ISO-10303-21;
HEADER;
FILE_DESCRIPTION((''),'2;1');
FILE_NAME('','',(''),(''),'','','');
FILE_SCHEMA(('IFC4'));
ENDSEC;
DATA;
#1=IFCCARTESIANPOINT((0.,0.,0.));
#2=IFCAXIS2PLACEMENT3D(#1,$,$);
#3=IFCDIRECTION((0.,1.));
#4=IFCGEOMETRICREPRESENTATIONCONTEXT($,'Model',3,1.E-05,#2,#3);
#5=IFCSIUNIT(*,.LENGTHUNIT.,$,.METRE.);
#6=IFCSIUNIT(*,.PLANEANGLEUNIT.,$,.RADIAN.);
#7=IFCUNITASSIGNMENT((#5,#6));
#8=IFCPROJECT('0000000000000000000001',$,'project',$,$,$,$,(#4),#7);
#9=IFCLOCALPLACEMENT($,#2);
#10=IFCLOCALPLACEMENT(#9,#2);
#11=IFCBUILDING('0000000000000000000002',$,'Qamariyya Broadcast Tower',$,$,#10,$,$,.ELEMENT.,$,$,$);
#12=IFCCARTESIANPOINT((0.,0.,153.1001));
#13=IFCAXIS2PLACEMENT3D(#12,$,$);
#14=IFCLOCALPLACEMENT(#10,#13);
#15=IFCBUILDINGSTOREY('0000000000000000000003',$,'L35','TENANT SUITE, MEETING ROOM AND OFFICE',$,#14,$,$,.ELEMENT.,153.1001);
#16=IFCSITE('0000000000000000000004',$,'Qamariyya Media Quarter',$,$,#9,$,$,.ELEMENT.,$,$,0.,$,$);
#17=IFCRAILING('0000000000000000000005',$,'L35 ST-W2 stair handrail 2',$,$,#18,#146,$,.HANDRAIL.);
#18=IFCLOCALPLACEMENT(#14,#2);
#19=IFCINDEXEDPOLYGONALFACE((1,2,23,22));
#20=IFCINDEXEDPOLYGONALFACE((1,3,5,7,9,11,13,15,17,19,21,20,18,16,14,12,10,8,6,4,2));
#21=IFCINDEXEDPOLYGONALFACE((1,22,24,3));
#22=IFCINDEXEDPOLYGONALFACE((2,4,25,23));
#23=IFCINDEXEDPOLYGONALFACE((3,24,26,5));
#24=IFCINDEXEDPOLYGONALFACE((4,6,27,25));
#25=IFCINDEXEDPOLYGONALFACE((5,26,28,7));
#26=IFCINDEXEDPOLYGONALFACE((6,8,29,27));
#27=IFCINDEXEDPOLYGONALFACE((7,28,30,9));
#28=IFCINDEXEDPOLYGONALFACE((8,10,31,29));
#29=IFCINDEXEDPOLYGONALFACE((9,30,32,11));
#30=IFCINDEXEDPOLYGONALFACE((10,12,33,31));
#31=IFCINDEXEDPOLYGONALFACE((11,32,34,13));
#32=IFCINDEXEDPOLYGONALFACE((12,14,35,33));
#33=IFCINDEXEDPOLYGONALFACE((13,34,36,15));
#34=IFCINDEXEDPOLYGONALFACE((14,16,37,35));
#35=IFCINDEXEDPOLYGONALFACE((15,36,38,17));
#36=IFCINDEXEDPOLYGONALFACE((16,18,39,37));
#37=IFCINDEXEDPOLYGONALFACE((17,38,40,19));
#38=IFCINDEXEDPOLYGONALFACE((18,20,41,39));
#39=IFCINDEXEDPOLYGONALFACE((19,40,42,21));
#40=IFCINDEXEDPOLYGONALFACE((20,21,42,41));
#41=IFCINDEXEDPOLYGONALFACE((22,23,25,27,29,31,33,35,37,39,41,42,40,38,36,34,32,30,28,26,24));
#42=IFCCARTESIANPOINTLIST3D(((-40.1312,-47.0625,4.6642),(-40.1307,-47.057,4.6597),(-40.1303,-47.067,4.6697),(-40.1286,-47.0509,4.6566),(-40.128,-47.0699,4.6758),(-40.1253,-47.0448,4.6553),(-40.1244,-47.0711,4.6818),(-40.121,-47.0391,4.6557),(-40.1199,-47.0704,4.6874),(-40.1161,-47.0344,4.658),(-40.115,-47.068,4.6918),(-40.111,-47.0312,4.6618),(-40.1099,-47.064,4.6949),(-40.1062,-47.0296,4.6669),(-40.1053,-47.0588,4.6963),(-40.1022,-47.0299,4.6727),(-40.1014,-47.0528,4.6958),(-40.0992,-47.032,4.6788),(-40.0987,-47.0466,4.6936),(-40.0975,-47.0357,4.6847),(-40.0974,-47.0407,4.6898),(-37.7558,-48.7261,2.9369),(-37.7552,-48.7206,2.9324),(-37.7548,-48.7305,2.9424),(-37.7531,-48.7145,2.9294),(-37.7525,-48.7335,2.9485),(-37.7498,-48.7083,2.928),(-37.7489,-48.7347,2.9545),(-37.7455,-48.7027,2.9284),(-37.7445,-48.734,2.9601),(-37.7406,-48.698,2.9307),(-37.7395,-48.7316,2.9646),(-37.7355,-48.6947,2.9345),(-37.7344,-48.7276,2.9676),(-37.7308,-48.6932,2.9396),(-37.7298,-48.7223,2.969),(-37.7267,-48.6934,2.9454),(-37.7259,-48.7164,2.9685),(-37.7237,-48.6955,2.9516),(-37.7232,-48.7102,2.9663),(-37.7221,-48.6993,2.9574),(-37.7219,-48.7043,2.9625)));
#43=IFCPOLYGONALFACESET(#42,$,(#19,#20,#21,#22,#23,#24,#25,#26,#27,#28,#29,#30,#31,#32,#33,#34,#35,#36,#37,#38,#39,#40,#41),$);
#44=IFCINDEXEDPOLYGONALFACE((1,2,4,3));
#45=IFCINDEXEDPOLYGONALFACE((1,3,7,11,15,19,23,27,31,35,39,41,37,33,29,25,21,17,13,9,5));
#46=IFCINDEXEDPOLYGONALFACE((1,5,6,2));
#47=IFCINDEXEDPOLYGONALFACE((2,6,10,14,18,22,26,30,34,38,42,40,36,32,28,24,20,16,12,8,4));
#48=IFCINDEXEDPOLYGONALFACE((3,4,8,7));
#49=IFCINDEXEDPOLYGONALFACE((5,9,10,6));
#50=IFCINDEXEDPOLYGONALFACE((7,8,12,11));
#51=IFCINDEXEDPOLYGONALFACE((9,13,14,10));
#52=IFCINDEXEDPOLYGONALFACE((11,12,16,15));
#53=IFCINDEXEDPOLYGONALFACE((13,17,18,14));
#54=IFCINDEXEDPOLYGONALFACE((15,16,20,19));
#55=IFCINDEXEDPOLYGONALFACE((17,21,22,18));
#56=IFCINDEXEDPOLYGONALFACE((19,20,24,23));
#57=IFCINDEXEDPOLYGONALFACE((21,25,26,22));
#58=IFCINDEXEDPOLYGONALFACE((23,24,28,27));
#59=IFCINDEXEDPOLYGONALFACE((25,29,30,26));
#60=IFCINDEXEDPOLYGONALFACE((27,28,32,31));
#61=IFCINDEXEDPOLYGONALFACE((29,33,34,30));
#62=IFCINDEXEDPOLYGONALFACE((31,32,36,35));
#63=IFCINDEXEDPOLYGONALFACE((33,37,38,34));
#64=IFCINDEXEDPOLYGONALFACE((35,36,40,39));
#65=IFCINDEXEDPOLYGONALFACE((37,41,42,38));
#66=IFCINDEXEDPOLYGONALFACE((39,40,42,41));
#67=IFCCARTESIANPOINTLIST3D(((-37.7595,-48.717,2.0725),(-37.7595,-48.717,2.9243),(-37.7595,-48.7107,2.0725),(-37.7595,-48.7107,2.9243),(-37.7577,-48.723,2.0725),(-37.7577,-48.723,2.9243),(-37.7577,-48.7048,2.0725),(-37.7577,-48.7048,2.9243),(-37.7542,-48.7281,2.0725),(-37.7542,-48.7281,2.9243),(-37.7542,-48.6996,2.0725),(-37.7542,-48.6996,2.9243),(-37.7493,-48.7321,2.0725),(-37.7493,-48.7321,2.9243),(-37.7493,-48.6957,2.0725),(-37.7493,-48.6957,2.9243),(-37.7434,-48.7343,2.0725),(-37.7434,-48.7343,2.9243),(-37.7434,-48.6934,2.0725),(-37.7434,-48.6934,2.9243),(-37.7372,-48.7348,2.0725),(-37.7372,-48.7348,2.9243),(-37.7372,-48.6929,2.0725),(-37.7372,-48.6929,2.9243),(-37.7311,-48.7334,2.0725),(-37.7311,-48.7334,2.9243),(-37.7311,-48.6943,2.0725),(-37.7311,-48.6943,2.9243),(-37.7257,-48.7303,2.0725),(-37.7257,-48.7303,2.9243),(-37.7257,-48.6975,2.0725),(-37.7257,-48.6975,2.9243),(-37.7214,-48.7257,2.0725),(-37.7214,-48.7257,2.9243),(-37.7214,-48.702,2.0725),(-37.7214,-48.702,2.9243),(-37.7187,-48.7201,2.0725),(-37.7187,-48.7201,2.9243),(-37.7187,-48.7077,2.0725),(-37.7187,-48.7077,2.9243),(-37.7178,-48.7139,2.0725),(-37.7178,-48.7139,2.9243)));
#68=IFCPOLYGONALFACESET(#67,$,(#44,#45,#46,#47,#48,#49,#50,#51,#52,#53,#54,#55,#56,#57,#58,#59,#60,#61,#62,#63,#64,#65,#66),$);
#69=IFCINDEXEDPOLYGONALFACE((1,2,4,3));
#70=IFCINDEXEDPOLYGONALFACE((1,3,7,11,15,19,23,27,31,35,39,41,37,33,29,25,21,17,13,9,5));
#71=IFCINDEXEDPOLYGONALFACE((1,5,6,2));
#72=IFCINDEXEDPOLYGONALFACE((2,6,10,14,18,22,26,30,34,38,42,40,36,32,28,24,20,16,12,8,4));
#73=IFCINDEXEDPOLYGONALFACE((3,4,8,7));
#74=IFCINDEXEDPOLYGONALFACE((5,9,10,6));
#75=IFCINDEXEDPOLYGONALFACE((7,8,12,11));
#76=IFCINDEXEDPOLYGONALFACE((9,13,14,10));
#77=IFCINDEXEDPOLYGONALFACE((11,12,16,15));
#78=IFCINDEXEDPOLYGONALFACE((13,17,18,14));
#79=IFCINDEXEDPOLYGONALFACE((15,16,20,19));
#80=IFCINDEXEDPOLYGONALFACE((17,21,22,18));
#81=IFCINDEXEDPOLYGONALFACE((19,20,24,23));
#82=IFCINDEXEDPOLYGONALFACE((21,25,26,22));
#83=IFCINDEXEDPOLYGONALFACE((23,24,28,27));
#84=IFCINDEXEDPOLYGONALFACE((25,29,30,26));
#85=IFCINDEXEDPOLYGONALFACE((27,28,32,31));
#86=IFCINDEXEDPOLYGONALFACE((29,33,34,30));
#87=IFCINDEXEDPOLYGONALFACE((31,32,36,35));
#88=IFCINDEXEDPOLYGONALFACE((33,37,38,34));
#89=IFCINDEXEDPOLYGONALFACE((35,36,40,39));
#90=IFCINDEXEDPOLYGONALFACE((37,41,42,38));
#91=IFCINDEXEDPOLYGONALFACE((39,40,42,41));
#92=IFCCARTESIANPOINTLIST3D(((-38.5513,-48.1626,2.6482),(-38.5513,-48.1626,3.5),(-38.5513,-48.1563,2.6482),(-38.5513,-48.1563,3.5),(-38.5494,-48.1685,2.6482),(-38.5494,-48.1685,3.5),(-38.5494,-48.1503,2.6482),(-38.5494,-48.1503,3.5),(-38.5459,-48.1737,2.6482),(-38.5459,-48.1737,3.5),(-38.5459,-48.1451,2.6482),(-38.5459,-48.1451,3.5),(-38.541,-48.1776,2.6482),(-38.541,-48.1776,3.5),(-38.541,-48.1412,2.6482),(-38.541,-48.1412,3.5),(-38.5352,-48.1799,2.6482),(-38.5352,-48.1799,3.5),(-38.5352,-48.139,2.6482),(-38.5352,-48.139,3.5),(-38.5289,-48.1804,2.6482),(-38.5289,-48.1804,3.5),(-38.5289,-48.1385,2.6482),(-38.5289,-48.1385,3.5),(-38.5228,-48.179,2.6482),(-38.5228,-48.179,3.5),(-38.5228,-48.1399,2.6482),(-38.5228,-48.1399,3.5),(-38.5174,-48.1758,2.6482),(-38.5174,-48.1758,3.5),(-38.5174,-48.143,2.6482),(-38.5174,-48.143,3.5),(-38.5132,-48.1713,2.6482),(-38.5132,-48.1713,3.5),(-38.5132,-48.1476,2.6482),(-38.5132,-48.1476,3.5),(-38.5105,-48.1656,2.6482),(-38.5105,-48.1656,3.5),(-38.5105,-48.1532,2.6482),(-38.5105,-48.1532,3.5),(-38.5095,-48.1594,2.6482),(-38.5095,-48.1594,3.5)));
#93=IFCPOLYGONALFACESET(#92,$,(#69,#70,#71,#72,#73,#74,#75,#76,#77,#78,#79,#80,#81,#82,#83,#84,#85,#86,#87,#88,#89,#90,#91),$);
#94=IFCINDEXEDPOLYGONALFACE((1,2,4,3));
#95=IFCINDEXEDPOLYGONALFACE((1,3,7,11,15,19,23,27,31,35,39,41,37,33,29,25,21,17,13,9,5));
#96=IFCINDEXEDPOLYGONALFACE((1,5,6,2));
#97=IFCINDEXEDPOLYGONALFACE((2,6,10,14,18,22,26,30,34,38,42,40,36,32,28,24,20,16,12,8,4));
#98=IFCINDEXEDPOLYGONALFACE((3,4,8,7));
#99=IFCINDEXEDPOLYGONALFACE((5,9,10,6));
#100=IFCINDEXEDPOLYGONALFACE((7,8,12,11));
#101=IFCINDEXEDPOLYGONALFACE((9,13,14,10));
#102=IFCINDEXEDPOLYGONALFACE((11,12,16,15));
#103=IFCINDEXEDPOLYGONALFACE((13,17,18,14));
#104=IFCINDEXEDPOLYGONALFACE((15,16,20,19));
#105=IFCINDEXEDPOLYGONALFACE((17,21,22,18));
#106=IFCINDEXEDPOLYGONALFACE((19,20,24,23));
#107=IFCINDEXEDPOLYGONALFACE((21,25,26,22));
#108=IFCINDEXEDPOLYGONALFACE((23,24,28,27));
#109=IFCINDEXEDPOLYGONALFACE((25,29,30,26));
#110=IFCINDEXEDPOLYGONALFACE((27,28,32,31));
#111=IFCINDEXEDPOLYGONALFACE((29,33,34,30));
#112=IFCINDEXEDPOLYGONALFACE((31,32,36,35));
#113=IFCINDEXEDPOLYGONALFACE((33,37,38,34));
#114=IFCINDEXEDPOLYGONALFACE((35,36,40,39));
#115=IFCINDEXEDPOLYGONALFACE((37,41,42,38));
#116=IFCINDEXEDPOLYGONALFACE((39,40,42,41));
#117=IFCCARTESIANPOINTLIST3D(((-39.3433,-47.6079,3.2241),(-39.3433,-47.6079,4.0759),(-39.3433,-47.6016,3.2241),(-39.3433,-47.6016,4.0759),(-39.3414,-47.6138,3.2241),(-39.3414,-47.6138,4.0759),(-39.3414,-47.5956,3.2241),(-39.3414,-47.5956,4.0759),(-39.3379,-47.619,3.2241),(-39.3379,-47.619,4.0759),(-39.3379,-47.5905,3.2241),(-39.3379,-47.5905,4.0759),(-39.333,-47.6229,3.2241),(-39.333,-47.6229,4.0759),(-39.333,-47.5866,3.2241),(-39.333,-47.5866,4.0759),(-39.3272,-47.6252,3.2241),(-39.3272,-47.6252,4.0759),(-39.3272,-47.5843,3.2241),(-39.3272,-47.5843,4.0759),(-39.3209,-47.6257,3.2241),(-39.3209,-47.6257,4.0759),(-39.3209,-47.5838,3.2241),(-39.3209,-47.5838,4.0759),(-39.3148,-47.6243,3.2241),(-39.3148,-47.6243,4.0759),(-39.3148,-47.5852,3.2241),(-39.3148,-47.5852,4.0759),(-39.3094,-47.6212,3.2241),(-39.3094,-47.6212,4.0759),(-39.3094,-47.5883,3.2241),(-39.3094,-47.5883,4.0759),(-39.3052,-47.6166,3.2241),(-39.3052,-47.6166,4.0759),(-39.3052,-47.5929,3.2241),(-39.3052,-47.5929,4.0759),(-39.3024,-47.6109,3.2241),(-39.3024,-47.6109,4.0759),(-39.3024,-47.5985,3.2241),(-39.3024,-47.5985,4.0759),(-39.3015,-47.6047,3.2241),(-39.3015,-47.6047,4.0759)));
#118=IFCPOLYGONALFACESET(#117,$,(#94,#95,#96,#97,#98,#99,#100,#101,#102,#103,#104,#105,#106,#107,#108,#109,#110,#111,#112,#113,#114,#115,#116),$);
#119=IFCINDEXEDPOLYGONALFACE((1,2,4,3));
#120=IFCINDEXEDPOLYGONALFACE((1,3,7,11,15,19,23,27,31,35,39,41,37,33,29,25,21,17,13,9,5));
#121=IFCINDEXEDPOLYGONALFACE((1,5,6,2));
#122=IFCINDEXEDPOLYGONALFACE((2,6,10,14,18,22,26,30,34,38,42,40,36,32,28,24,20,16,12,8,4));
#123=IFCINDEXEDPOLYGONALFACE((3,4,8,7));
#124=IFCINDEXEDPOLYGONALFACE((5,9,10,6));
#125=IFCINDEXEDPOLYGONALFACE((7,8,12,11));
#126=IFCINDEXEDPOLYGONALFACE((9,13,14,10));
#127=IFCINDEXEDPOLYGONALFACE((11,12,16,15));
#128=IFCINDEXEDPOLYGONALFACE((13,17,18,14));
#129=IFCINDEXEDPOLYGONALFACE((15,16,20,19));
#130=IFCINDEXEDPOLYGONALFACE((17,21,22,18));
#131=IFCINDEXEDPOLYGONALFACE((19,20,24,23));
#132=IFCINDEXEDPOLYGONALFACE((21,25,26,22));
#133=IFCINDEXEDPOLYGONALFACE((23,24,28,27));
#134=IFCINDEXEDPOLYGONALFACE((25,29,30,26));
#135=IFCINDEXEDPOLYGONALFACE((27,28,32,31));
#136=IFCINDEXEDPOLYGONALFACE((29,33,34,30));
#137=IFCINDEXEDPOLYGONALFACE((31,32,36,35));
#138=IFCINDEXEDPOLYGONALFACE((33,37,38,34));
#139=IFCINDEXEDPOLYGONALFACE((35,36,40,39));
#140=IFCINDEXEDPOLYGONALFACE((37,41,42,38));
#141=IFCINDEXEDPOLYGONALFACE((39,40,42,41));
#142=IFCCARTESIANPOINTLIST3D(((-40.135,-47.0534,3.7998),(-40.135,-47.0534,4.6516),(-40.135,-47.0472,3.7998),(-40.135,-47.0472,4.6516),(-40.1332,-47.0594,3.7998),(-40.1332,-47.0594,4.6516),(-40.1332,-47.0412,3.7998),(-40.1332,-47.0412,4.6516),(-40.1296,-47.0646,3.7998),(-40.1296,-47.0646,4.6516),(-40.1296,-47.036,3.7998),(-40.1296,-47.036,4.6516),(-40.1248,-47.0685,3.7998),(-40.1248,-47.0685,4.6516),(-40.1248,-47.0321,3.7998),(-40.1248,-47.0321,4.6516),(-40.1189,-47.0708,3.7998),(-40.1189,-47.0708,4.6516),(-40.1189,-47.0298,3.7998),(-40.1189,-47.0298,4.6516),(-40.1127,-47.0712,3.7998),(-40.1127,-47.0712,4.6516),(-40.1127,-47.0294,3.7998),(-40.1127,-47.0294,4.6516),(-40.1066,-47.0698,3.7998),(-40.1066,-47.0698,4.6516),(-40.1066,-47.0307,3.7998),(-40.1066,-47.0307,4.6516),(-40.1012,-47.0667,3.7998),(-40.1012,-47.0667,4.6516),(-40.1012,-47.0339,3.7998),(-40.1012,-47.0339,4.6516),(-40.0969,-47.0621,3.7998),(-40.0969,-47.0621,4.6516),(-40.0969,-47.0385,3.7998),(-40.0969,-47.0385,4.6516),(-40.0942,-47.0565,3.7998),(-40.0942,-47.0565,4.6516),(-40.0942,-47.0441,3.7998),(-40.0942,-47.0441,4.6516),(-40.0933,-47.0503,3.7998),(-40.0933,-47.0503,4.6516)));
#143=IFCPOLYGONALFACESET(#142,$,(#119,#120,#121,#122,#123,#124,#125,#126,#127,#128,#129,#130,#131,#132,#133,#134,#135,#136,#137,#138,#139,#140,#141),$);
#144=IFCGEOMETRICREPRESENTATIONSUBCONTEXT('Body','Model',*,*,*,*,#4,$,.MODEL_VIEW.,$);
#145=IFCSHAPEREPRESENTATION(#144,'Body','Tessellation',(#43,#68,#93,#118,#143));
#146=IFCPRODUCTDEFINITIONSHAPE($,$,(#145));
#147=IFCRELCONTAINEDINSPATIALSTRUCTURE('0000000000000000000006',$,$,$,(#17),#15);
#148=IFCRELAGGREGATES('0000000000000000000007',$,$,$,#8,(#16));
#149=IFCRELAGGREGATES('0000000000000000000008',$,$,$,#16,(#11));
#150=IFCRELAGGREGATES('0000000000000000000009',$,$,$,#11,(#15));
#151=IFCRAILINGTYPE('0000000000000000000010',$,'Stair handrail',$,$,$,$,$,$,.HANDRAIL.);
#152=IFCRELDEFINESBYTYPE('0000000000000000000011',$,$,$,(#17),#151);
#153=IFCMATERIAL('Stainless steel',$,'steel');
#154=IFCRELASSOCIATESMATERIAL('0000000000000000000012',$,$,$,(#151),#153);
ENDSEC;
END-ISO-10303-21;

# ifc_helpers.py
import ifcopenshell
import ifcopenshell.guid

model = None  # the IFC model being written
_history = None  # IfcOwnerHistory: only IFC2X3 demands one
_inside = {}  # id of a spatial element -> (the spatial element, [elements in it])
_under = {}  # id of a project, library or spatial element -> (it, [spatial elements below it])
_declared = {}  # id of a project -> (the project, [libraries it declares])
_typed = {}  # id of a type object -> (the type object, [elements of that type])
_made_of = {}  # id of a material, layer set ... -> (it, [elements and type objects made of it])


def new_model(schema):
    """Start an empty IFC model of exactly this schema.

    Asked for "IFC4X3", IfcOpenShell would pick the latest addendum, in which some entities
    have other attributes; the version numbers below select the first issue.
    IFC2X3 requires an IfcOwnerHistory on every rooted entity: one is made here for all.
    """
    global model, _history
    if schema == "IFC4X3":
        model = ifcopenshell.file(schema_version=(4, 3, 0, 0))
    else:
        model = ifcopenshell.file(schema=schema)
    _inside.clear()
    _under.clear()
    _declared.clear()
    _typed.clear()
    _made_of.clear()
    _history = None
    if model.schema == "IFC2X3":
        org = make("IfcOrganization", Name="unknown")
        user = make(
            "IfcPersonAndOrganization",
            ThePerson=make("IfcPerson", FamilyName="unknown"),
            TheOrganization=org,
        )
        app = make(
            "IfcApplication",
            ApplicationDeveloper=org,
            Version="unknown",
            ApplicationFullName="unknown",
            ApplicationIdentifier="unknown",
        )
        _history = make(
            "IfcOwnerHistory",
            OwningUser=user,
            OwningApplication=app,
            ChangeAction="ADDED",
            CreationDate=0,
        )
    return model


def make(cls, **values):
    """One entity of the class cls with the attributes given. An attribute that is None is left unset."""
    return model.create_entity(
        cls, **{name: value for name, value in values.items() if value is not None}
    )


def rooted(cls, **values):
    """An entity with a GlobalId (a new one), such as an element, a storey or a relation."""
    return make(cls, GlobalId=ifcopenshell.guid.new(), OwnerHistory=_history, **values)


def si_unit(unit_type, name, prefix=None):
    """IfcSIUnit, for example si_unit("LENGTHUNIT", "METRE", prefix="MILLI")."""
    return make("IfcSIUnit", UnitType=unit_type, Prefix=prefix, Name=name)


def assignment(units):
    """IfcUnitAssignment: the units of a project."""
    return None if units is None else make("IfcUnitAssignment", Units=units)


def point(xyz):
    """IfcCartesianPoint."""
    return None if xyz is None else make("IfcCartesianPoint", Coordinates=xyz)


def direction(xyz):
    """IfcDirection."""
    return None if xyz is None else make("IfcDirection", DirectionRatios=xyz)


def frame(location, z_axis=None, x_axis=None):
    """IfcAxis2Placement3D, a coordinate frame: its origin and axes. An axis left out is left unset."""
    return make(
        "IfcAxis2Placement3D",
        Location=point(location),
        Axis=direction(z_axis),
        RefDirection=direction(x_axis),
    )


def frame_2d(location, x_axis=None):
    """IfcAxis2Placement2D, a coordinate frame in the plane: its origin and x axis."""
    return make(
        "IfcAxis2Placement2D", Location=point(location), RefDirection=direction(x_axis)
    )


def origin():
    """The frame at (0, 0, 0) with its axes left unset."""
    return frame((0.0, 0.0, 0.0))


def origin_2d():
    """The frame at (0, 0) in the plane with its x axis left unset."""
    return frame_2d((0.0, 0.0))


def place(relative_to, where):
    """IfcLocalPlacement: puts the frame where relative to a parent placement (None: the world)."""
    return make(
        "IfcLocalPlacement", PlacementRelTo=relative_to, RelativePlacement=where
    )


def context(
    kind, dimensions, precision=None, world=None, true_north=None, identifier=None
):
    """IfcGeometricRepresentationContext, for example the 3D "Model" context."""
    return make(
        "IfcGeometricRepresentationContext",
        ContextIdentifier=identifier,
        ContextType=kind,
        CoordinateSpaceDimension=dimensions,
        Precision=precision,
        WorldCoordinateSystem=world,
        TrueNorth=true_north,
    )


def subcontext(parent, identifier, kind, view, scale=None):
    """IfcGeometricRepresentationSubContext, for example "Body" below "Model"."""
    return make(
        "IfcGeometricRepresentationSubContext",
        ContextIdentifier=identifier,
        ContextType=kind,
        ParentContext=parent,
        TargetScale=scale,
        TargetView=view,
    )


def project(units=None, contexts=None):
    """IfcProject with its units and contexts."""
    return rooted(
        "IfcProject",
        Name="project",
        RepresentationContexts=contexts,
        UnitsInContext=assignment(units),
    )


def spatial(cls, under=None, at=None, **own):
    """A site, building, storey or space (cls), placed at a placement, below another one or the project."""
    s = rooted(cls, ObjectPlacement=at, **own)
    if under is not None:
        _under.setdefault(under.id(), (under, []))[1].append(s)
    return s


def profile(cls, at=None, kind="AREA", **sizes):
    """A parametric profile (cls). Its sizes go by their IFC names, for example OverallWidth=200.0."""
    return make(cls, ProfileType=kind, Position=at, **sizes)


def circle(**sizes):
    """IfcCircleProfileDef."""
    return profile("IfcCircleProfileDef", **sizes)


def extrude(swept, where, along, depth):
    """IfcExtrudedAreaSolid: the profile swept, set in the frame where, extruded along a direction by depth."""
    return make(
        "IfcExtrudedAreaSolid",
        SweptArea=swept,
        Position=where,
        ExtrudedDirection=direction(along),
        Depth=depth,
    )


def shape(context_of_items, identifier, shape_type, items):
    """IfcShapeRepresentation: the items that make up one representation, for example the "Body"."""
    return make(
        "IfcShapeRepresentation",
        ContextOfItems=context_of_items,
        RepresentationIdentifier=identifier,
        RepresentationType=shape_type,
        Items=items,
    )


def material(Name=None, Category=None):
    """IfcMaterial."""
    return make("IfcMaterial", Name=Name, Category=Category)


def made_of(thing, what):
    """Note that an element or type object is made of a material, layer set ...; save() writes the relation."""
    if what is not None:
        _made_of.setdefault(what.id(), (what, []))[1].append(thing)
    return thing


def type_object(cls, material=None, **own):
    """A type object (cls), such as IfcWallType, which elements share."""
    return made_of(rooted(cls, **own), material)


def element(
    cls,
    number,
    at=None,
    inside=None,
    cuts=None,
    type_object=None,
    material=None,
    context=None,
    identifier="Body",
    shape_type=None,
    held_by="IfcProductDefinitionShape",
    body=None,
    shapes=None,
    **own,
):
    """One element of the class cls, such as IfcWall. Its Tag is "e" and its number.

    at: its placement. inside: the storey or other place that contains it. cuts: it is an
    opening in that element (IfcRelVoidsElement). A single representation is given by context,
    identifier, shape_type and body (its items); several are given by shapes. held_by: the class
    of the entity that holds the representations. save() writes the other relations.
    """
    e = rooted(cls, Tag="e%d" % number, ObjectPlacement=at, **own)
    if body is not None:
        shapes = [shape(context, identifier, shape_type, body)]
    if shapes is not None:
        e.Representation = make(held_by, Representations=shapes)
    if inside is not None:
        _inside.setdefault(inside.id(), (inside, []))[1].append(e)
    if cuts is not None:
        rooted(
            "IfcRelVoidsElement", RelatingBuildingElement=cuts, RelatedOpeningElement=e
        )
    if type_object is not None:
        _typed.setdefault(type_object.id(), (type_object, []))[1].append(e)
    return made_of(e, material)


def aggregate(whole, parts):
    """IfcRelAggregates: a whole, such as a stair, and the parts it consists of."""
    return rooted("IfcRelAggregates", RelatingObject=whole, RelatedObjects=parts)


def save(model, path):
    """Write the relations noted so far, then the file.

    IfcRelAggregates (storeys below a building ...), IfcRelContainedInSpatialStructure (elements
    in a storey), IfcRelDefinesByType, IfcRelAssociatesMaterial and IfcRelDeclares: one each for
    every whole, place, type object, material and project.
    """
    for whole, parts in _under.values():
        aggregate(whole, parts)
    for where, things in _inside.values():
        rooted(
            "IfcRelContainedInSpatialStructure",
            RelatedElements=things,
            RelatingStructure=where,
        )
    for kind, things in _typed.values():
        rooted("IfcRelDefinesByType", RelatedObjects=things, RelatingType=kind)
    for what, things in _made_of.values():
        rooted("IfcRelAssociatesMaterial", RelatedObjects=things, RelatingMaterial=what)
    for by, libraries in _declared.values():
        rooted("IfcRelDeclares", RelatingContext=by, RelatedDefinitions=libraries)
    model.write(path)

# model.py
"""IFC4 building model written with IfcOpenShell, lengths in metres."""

from ifc_helpers import new_model, si_unit, direction, frame, origin, origin_2d, place, context, subcontext, project, spatial, circle, extrude, material, type_object, element, save


model = new_model("IFC4")

# Units and contexts
model_context = context("Model", 3, precision=1e-05, world=origin(), true_north=direction((0.0, 1.0)))
body_context = subcontext(model_context, "Body", "Model", "MODEL_VIEW")
ifc_project = project(units=[si_unit("LENGTHUNIT", "METRE"), si_unit("PLANEANGLEUNIT", "RADIAN")], contexts=[model_context])

# Site, building, storey
site_placement = place(None, origin())
site = spatial("IfcSite", under=ifc_project, at=site_placement, Name="Qamariyya Media Quarter", CompositionType="ELEMENT", RefElevation=0.0)
building_placement = place(site_placement, origin())
building = spatial("IfcBuilding", under=site, at=building_placement, Name="Qamariyya Broadcast Tower", CompositionType="ELEMENT")
storey_placement = place(building_placement, frame((0.0, 0.0, 153.1001)))
storey = spatial("IfcBuildingStorey", under=building, at=storey_placement, Name="L35", Description="TENANT SUITE, MEETING ROOM AND OFFICE", CompositionType="ELEMENT", Elevation=153.1001)

# Railing
ifc_material_1 = material(Name="Stainless steel", Category="steel")
railing_type_1 = type_object("IfcRailingType", Name="Stair handrail", PredefinedType="HANDRAIL", material=ifc_material_1)
railing_1_placement = place(storey_placement, frame((-37.7388, -48.7139, 2.0725)))
element("IfcRailing", 1, at=railing_1_placement, inside=storey, type_object=railing_type_1, Name="L35 ST-W2 stair handrail 2", PredefinedType="HANDRAIL", context=body_context, shape_type="SweptSolid", body=[
    extrude(circle(Radius=0.0239, at=origin_2d()), frame((0.0, 0.0, 0.876), z_axis=(-0.703745, 0.492838, 0.511716), x_axis=(-0.573632, -0.819113, 0.0)), (0.0, 0.0, 1.0), 3.3755),
    extrude(circle(Radius=0.021, at=origin_2d()), origin(), (0.0, 0.0, 1.0), 0.8518),
    extrude(circle(Radius=0.021, at=origin_2d()), frame((-0.7917, 0.5544, 0.5757)), (0.0, 0.0, 1.0), 0.8518),
    extrude(circle(Radius=0.021, at=origin_2d()), frame((-1.5837, 1.1091, 1.1516)), (0.0, 0.0, 1.0), 0.8518),
    extrude(circle(Radius=0.021, at=origin_2d()), frame((-2.3755, 1.6636, 1.7273)), (0.0, 0.0, 1.0), 0.8518),
])

save(model, "model.ifc")
